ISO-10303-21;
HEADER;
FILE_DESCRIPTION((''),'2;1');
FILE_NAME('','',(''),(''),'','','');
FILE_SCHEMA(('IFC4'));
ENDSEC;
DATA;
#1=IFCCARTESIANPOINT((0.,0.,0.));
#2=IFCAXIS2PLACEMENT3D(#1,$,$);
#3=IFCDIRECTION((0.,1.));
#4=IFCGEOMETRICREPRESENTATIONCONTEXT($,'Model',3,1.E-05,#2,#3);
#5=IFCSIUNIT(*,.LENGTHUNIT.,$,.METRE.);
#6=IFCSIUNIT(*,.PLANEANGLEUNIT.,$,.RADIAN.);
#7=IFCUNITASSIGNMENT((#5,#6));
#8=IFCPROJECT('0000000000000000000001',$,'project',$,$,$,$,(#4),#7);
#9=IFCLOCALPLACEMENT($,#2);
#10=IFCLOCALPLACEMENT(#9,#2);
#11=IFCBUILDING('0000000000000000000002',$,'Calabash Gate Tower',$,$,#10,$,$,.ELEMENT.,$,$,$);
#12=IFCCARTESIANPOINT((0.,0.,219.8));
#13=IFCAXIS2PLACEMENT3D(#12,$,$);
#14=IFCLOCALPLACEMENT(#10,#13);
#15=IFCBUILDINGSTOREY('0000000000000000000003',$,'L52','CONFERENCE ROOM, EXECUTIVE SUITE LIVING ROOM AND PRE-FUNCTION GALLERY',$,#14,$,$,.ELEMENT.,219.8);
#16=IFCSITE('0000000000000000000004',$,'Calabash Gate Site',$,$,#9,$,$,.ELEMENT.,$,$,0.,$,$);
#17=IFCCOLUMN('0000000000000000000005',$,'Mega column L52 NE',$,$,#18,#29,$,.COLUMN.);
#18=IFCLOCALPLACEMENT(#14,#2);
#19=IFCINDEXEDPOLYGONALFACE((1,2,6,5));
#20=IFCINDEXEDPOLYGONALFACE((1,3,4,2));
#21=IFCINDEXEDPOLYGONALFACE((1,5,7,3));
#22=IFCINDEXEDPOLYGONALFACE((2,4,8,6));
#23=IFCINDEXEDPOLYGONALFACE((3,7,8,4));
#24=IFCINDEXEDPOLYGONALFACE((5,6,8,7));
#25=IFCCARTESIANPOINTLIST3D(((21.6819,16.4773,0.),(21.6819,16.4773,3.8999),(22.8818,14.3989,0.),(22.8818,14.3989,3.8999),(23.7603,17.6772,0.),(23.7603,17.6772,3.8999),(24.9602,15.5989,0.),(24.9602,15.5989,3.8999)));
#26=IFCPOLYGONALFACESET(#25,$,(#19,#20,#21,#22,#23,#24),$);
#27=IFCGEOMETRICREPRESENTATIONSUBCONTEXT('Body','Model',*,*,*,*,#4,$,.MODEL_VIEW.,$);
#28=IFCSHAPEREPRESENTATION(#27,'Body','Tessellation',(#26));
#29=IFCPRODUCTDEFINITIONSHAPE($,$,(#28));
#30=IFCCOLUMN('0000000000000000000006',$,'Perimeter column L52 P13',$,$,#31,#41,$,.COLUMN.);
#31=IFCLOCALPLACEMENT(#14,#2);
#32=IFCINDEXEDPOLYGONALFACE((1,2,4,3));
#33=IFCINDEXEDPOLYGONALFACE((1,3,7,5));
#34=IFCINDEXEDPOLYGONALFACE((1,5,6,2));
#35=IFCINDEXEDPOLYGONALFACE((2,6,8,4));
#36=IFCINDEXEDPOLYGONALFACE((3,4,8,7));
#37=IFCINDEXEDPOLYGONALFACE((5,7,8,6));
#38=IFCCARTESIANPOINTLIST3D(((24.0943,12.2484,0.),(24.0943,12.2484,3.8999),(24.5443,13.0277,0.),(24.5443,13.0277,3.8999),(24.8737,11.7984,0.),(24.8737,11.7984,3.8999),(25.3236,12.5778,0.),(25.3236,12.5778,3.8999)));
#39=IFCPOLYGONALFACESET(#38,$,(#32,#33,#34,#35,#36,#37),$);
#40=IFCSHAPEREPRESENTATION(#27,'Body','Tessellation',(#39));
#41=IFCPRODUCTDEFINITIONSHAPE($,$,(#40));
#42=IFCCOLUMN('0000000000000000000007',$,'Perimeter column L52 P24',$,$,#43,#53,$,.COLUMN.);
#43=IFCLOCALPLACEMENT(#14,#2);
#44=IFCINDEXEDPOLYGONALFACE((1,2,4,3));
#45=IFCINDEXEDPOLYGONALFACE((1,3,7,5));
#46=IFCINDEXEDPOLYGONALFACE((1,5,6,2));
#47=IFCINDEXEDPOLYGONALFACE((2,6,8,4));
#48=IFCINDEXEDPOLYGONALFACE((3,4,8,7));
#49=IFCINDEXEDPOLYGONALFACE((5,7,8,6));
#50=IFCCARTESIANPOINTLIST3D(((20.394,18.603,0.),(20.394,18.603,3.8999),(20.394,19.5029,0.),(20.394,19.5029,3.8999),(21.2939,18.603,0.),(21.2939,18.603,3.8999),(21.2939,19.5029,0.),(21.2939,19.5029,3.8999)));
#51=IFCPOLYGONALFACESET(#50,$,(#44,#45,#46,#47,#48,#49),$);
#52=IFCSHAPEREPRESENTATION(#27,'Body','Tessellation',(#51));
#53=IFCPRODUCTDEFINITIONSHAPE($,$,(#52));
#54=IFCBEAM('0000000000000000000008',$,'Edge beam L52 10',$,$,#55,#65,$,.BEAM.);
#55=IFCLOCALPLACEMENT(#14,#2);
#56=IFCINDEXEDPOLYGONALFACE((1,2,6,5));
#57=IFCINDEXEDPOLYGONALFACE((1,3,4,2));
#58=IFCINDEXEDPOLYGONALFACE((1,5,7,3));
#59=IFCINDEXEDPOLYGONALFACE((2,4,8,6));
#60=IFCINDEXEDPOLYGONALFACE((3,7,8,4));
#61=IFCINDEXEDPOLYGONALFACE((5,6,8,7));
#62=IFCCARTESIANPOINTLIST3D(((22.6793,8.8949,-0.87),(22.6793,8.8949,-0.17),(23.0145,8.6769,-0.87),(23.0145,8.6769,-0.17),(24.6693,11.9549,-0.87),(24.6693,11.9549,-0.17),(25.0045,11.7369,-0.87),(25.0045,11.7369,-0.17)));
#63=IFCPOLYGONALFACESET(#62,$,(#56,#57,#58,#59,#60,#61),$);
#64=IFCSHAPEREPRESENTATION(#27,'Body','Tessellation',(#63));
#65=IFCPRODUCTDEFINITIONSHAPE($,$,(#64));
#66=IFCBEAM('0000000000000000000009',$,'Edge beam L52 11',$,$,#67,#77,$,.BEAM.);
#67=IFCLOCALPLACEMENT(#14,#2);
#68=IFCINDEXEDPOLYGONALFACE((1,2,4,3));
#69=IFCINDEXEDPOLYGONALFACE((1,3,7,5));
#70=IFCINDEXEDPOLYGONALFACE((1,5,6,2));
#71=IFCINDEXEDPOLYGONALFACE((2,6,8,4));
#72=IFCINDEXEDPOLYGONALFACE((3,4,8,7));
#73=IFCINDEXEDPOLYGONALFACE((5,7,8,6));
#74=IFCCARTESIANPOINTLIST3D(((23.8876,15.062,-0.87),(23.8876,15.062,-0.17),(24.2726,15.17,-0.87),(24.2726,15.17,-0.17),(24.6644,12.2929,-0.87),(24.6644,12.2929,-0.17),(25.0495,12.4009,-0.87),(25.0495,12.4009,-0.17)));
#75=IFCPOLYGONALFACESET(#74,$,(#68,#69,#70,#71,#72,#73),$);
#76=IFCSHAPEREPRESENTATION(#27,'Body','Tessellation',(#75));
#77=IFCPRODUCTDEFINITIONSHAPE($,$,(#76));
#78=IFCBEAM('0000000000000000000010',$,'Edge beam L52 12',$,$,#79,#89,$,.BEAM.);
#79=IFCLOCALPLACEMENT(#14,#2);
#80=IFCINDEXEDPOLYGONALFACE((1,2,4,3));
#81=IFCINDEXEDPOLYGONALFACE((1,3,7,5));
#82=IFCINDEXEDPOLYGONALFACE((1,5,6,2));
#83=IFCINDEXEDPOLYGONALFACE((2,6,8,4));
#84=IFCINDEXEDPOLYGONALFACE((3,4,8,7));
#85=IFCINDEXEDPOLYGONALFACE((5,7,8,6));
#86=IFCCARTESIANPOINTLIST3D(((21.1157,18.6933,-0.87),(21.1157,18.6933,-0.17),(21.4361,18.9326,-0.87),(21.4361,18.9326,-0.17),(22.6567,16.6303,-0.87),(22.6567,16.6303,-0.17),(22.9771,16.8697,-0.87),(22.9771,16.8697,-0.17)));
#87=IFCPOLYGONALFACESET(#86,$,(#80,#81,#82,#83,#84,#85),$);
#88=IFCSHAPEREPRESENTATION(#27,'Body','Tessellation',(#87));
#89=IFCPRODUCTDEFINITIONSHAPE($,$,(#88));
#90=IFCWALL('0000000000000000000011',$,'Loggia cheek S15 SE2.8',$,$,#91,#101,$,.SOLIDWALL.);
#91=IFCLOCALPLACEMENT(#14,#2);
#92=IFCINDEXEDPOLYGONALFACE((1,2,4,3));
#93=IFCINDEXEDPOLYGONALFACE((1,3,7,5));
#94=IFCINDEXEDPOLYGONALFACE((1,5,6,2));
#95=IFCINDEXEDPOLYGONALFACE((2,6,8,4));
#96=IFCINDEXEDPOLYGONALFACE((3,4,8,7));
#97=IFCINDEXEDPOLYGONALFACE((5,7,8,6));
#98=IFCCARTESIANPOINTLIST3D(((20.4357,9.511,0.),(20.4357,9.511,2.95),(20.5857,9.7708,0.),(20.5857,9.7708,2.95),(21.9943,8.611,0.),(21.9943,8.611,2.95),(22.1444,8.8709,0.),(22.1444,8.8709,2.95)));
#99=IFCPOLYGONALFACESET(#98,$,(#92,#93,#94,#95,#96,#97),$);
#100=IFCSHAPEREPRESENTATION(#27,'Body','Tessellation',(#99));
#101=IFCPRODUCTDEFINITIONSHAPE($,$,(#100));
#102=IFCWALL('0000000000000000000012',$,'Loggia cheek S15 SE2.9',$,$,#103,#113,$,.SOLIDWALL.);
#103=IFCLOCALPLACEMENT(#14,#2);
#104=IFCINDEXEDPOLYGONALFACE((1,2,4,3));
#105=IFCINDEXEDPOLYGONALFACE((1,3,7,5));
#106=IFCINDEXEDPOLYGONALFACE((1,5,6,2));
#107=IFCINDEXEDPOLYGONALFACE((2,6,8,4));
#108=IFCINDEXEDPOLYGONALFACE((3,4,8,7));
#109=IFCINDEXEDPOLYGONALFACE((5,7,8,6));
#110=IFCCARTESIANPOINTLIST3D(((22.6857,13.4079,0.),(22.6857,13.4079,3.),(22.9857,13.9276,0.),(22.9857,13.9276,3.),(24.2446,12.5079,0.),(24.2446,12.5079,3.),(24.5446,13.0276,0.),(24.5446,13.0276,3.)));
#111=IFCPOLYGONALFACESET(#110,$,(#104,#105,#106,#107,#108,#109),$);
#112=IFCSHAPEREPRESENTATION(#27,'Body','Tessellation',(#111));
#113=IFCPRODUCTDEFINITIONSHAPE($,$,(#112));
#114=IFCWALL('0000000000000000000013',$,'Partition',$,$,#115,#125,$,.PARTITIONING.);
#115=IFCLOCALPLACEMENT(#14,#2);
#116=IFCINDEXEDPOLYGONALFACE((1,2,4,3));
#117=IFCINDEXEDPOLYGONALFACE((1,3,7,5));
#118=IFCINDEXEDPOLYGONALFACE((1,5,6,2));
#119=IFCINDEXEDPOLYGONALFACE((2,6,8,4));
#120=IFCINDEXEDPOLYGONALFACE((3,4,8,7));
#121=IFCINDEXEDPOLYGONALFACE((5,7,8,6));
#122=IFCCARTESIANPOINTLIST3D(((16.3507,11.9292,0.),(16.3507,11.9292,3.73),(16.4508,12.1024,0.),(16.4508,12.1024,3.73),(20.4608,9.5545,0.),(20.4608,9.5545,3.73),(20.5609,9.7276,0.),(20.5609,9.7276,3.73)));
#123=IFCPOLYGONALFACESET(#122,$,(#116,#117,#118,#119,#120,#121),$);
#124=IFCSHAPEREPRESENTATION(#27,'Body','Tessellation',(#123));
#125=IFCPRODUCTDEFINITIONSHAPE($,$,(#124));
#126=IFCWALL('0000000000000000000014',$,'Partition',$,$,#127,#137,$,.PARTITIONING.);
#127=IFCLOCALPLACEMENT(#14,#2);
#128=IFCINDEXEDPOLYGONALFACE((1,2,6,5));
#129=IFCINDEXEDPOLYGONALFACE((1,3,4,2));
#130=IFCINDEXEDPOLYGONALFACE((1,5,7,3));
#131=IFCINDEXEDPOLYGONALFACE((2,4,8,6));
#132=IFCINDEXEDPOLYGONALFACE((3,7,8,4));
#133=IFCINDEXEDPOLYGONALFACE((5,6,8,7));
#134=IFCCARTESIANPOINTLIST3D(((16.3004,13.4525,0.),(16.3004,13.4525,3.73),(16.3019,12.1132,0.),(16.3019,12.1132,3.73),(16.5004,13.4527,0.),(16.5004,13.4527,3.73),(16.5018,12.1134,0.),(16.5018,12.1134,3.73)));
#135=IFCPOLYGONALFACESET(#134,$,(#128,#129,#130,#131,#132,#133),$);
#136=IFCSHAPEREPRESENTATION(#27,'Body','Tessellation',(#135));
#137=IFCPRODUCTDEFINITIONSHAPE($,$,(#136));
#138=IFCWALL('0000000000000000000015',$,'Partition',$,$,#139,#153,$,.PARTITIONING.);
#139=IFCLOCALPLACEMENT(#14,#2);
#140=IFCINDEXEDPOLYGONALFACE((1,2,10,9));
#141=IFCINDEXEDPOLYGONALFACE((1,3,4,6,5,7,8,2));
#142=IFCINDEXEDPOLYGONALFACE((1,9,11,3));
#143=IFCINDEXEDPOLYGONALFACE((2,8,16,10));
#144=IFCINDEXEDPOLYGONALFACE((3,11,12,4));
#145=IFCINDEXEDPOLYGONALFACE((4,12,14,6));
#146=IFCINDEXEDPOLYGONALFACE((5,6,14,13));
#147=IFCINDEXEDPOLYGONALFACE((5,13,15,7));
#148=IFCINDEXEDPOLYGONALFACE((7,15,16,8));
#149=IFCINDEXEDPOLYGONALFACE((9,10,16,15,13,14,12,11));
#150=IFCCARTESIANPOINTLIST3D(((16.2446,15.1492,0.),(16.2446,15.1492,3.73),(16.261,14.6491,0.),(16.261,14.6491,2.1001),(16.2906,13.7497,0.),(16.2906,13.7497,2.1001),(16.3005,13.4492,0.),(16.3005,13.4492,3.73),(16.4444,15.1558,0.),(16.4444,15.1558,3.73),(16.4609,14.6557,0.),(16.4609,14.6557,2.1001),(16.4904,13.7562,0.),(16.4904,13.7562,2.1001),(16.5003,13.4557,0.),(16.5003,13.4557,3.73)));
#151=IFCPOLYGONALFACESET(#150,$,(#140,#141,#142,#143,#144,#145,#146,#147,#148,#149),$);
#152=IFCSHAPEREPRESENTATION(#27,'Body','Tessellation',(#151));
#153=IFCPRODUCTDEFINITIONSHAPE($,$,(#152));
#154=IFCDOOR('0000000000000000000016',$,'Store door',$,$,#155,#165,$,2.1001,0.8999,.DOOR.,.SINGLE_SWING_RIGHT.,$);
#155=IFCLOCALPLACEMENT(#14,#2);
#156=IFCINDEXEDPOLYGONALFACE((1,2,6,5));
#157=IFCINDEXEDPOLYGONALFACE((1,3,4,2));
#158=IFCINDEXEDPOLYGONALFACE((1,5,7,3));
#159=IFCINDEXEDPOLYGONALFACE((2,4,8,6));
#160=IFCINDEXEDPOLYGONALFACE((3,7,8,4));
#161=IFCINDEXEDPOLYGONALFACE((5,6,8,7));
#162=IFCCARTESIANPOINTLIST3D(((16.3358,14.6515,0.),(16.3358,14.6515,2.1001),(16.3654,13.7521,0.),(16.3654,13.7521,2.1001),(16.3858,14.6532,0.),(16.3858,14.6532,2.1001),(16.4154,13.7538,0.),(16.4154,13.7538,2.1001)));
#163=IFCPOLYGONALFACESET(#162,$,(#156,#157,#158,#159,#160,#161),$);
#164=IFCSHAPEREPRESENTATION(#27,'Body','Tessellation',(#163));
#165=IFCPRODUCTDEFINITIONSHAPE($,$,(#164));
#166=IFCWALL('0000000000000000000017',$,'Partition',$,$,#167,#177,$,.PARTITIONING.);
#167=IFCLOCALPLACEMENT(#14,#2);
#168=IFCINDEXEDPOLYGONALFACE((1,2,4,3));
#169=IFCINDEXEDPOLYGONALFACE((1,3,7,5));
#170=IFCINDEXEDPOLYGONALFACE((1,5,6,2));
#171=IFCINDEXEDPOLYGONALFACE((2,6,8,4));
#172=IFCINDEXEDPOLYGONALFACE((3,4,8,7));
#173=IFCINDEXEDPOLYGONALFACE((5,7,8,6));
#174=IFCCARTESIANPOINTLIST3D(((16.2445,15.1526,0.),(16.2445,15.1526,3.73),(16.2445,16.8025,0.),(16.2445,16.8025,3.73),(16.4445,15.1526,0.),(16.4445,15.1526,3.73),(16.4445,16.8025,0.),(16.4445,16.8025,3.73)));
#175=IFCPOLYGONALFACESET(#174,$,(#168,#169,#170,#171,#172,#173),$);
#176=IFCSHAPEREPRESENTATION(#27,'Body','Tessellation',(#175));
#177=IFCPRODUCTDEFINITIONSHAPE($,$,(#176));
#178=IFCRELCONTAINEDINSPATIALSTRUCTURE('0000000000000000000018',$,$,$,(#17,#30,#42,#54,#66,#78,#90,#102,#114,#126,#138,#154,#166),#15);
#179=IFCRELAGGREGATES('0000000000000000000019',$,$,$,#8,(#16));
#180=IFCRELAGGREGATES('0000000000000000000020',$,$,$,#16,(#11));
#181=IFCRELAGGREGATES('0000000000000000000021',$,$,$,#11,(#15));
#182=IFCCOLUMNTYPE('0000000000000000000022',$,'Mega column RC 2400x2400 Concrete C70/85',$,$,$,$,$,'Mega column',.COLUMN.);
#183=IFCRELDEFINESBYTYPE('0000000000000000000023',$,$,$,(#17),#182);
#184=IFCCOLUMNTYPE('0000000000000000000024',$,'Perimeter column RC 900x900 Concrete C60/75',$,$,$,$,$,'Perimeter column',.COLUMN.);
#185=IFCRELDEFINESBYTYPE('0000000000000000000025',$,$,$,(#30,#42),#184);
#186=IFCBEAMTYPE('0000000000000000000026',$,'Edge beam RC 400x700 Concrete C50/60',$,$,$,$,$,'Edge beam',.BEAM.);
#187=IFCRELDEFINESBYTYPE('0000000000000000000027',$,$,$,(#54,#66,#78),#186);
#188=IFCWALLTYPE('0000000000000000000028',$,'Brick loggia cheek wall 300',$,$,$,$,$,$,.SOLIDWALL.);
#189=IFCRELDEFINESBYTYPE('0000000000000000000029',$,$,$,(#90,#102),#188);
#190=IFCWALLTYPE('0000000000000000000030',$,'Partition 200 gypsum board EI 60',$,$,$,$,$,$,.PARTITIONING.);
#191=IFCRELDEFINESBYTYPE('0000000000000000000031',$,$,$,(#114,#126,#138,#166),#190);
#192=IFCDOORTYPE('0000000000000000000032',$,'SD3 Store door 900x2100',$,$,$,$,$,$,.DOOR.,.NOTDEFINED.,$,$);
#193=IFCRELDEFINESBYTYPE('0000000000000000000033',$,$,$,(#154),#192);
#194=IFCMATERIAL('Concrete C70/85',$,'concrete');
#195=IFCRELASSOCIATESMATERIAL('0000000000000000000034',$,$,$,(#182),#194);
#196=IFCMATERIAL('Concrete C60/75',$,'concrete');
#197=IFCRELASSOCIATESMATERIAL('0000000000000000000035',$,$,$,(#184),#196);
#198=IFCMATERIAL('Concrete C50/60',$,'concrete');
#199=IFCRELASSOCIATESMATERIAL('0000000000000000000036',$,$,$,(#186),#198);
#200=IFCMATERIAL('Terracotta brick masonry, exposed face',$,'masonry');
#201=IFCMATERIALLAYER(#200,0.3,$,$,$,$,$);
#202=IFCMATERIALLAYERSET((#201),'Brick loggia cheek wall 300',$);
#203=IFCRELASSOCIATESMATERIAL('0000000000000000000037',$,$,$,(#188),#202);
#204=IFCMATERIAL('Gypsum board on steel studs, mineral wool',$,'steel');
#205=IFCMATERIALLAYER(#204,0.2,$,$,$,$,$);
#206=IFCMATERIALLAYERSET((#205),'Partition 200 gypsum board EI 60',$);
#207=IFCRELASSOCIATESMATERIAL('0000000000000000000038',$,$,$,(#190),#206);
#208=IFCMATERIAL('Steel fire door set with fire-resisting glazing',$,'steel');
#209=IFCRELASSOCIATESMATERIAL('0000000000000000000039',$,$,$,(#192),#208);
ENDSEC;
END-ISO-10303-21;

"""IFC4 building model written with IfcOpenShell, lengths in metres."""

from ifc_helpers import new_model, si_unit, direction, frame, frame_2d, origin, origin_2d, place, context, subcontext, project, spatial, rectangle, extrude, material, layer, layer_set, material_profile, profile_set, type_object, element, fill, save


model = new_model("IFC4")

# Units and contexts
model_context = context("Model", 3, precision=1e-05, world=origin(), true_north=direction((0.0, 1.0)))
body_context = subcontext(model_context, "Body", "Model", "MODEL_VIEW")
ifc_project = project(units=[si_unit("LENGTHUNIT", "METRE"), si_unit("PLANEANGLEUNIT", "RADIAN")], contexts=[model_context])

# Site, building, storey
site_placement = place(None, origin())
site = spatial("IfcSite", under=ifc_project, at=site_placement, Name="Calabash Gate Site", CompositionType="ELEMENT", RefElevation=0.0)
building_placement = place(site_placement, origin())
building = spatial("IfcBuilding", under=site, at=building_placement, Name="Calabash Gate Tower", CompositionType="ELEMENT")
storey_placement = place(building_placement, frame((0.0, 0.0, 219.8)))
storey = spatial("IfcBuildingStorey", under=building, at=storey_placement, Name="L52", Description="CONFERENCE ROOM, EXECUTIVE SUITE LIVING ROOM AND PRE-FUNCTION GALLERY", CompositionType="ELEMENT", Elevation=219.8)

# Columns
ifc_material_1 = material(Name="Concrete C70/85", Category="concrete")
ifc_material_profile_1 = material_profile(ifc_material_1, rectangle(XDim=2.3999, YDim=2.3999, at=origin_2d()))
ifc_profile_set_1 = profile_set([ifc_material_profile_1], Name="Concrete C70/85")
column_type_1 = type_object("IfcColumnType", Name="Mega column RC 2400x2400 Concrete C70/85", ElementType="Mega column", PredefinedType="COLUMN", material=ifc_profile_set_1)
column_placement = place(storey_placement, frame((23.321, 16.0381, 0.0), z_axis=(0.0, 0.0, 1.0), x_axis=(-0.866025, -0.5, 0.0)))
element("IfcColumn", 1, at=column_placement, inside=storey, type_object=column_type_1, Name="Mega column L52 NE", PredefinedType="COLUMN", context=body_context, shape_type="SweptSolid", body=[
    extrude(rectangle(XDim=2.3999, YDim=2.3999, at=origin_2d()), origin(), (0.0, 0.0, 1.0), 3.8999),
])
ifc_material_2 = material(Name="Concrete C60/75", Category="concrete")
ifc_material_profile_2 = material_profile(ifc_material_2, rectangle(XDim=0.8999, YDim=0.8999, at=origin_2d()))
ifc_profile_set_2 = profile_set([ifc_material_profile_2], Name="Concrete C60/75")
column_type_2 = type_object("IfcColumnType", Name="Perimeter column RC 900x900 Concrete C60/75", ElementType="Perimeter column", PredefinedType="COLUMN", material=ifc_profile_set_2)
for number, where, z_axis, x_axis, name in (
    (2, (24.709, 12.4131, 0.0), (0.0, 0.0, 1.0), (0.5, 0.866025, 0.0), "Perimeter column L52 P13"),
    (3, (20.844, 19.053, 0.0), (0.0, 0.0, 1.0), (-1.0, 0.0, 0.0), "Perimeter column L52 P24"),
):
    element("IfcColumn", number, at=place(storey_placement, frame(where, z_axis=z_axis, x_axis=x_axis)), inside=storey, type_object=column_type_2, Name=name, PredefinedType="COLUMN", context=body_context, shape_type="SweptSolid", body=[
        extrude(rectangle(XDim=0.8999, YDim=0.8999, at=origin_2d()), origin(), (0.0, 0.0, 1.0), 3.8999),
    ])

# Beams
ifc_material_3 = material(Name="Concrete C50/60", Category="concrete")
ifc_material_profile_3 = material_profile(ifc_material_3, rectangle(XDim=0.3999, YDim=0.7, at=origin_2d()))
ifc_profile_set_3 = profile_set([ifc_material_profile_3], Name="Concrete C50/60")
beam_type = type_object("IfcBeamType", Name="Edge beam RC 400x700 Concrete C50/60", ElementType="Edge beam", PredefinedType="BEAM", material=ifc_profile_set_3)
beam_1_placement = place(storey_placement, frame((22.8469, 8.7859, -0.52), z_axis=(0.545172, 0.838324, 0.0), x_axis=(-0.838324, 0.545172, 0.0)))
element("IfcBeam", 4, at=beam_1_placement, inside=storey, type_object=beam_type, Name="Edge beam L52 10", PredefinedType="BEAM", context=body_context, shape_type="SweptSolid", body=[
    extrude(rectangle(XDim=0.3999, YDim=0.7, at=origin_2d()), origin(), (0.0, 0.0, 1.0), 3.6501),
])
beam_2_placement = place(storey_placement, frame((24.8569, 12.3469, -0.52), z_axis=(-0.270121, 0.962826, 0.0), x_axis=(-0.962826, -0.270121, 0.0)))
element("IfcBeam", 5, at=beam_2_placement, inside=storey, type_object=beam_type, Name="Edge beam L52 11", PredefinedType="BEAM", context=body_context, shape_type="SweptSolid", body=[
    extrude(rectangle(XDim=0.3999, YDim=0.7, at=origin_2d()), origin(), (0.0, 0.0, 1.0), 2.876),
])
beam_3_placement = place(storey_placement, frame((22.8169, 16.75, -0.52), z_axis=(-0.598452, 0.801159, 0.0), x_axis=(-0.801159, -0.598452, 0.0)))
element("IfcBeam", 6, at=beam_3_placement, inside=storey, type_object=beam_type, Name="Edge beam L52 12", PredefinedType="BEAM", context=body_context, shape_type="SweptSolid", body=[
    extrude(rectangle(XDim=0.3999, YDim=0.7, at=origin_2d()), origin(), (0.0, 0.0, 1.0), 2.575),
])

# Walls
ifc_material_4 = material(Name="Terracotta brick masonry, exposed face", Category="masonry")
ifc_layer_1 = layer(ifc_material_4, 0.3)
ifc_layer_set_1 = layer_set([ifc_layer_1], Name="Brick loggia cheek wall 300")
wall_type_1 = type_object("IfcWallType", Name="Brick loggia cheek wall 300", PredefinedType="SOLIDWALL", material=ifc_layer_set_1)
wall_1_placement = place(storey_placement, frame((22.0693, 8.741, 0.0), z_axis=(0.0, 0.0, 1.0), x_axis=(-0.866014, 0.50002, 0.0)))
element("IfcWall", 7, at=wall_1_placement, inside=storey, type_object=wall_type_1, Name="Loggia cheek S15 SE2.8", PredefinedType="SOLIDWALL", context=body_context, shape_type="SweptSolid", body=[
    extrude(rectangle(XDim=1.7998, YDim=0.3, at=frame_2d((0.8999, 0.0))), origin(), (0.0, 0.0, 1.0), 2.95),
])
wall_2_placement = place(storey_placement, frame((24.3945, 12.7678, 0.0), z_axis=(0.0, 0.0, 1.0), x_axis=(-0.866048, 0.499961, 0.0)))
element("IfcWall", 8, at=wall_2_placement, inside=storey, type_object=wall_type_1, Name="Loggia cheek S15 SE2.9", PredefinedType="SOLIDWALL", context=body_context, shape_type="SweptSolid", body=[
    extrude(rectangle(XDim=1.8, YDim=0.6001, at=frame_2d((0.8999, 0.0))), origin(), (0.0, 0.0, 1.0), 3.0),
])
ifc_material_5 = material(Name="Gypsum board on steel studs, mineral wool", Category="steel")
ifc_layer_2 = layer(ifc_material_5, 0.2)
ifc_layer_set_2 = layer_set([ifc_layer_2], Name="Partition 200 gypsum board EI 60")
wall_type_2 = type_object("IfcWallType", Name="Partition 200 gypsum board EI 60", PredefinedType="PARTITIONING", material=ifc_layer_set_2)
wall_3_placement = place(storey_placement, frame((16.4006, 12.0159, 0.0), z_axis=(0.0, 0.0, 1.0), x_axis=(0.865863, -0.500282, 0.0)))
element("IfcWall", 9, at=wall_3_placement, inside=storey, type_object=wall_type_2, Name="Partition", PredefinedType="PARTITIONING", context=body_context, shape_type="SweptSolid", body=[
    extrude(rectangle(XDim=4.7468, YDim=0.2, at=frame_2d((2.3735, 0.0))), origin(), (0.0, 0.0, 1.0), 3.73),
])
wall_4_placement = place(storey_placement, frame((16.4004, 13.4526, 0.0), z_axis=(0.0, 0.0, 1.0), x_axis=(0.001094, -0.999999, 0.0)))
element("IfcWall", 10, at=wall_4_placement, inside=storey, type_object=wall_type_2, Name="Partition", PredefinedType="PARTITIONING", context=body_context, shape_type="SweptSolid", body=[
    extrude(rectangle(XDim=1.3394, YDim=0.2, at=frame_2d((0.6697, 0.0))), origin(), (0.0, 0.0, 1.0), 3.73),
])

# Wall, opening, door
wall_5_placement = place(storey_placement, frame((16.3445, 15.1526, 0.0), z_axis=(0.0, 0.0, 1.0), x_axis=(0.03287, -0.99946, 0.0)))
wall_5 = element("IfcWall", 11, at=wall_5_placement, inside=storey, type_object=wall_type_2, Name="Partition", PredefinedType="PARTITIONING", context=body_context, shape_type="SweptSolid", body=[
    extrude(rectangle(XDim=1.7009, YDim=0.2, at=frame_2d((0.8506, 0.0))), origin(), (0.0, 0.0, 1.0), 3.73),
])
opening_1_placement = place(wall_5_placement, frame((0.5005, 0.0, 0.0)))
opening_1 = element("IfcOpeningElement", 12, at=opening_1_placement, cuts=wall_5, PredefinedType="OPENING", context=body_context, shape_type="SweptSolid", body=[
    extrude(rectangle(XDim=0.8999, YDim=2.1001, at=frame_2d((0.45, 1.05))), frame((0.0, 0.1099, 0.0), z_axis=(0.0, -1.0, 0.0), x_axis=(1.0, 0.0, 0.0)), (0.0, 0.0, 1.0), 0.22),
])
ifc_material_6 = material(Name="Steel fire door set with fire-resisting glazing", Category="steel")
door_type_1 = type_object("IfcDoorType", Name="SD3 Store door 900x2100", OperationType="NOTDEFINED", PredefinedType="DOOR", material=ifc_material_6)
door_1_placement = place(opening_1_placement, origin())
door_1 = element("IfcDoor", 13, at=door_1_placement, inside=storey, type_object=door_type_1, Name="Store door", OperationType="SINGLE_SWING_RIGHT", OverallHeight=2.1001, OverallWidth=0.8999, PredefinedType="DOOR", context=body_context, shape_type="SweptSolid", body=[
    extrude(rectangle(XDim=0.8999, YDim=2.1001, at=frame_2d((0.45, 1.05))), frame((0.0, 0.0249, 0.0), z_axis=(0.0, -1.0, 0.0), x_axis=(1.0, 0.0, 0.0)), (0.0, 0.0, 1.0), 0.05),
])
fill(opening_1, door_1)

# Wall
wall_6_placement = place(storey_placement, frame((16.3445, 15.1526, 0.0), z_axis=(0.0, 0.0, 1.0), x_axis=(0.0, 1.0, 0.0)))
element("IfcWall", 14, at=wall_6_placement, inside=storey, type_object=wall_type_2, Name="Partition", PredefinedType="PARTITIONING", context=body_context, shape_type="SweptSolid", body=[
    extrude(rectangle(XDim=1.6499, YDim=0.2, at=frame_2d((0.825, 0.0))), origin(), (0.0, 0.0, 1.0), 3.73),
])

save(model, "model.ifc")
